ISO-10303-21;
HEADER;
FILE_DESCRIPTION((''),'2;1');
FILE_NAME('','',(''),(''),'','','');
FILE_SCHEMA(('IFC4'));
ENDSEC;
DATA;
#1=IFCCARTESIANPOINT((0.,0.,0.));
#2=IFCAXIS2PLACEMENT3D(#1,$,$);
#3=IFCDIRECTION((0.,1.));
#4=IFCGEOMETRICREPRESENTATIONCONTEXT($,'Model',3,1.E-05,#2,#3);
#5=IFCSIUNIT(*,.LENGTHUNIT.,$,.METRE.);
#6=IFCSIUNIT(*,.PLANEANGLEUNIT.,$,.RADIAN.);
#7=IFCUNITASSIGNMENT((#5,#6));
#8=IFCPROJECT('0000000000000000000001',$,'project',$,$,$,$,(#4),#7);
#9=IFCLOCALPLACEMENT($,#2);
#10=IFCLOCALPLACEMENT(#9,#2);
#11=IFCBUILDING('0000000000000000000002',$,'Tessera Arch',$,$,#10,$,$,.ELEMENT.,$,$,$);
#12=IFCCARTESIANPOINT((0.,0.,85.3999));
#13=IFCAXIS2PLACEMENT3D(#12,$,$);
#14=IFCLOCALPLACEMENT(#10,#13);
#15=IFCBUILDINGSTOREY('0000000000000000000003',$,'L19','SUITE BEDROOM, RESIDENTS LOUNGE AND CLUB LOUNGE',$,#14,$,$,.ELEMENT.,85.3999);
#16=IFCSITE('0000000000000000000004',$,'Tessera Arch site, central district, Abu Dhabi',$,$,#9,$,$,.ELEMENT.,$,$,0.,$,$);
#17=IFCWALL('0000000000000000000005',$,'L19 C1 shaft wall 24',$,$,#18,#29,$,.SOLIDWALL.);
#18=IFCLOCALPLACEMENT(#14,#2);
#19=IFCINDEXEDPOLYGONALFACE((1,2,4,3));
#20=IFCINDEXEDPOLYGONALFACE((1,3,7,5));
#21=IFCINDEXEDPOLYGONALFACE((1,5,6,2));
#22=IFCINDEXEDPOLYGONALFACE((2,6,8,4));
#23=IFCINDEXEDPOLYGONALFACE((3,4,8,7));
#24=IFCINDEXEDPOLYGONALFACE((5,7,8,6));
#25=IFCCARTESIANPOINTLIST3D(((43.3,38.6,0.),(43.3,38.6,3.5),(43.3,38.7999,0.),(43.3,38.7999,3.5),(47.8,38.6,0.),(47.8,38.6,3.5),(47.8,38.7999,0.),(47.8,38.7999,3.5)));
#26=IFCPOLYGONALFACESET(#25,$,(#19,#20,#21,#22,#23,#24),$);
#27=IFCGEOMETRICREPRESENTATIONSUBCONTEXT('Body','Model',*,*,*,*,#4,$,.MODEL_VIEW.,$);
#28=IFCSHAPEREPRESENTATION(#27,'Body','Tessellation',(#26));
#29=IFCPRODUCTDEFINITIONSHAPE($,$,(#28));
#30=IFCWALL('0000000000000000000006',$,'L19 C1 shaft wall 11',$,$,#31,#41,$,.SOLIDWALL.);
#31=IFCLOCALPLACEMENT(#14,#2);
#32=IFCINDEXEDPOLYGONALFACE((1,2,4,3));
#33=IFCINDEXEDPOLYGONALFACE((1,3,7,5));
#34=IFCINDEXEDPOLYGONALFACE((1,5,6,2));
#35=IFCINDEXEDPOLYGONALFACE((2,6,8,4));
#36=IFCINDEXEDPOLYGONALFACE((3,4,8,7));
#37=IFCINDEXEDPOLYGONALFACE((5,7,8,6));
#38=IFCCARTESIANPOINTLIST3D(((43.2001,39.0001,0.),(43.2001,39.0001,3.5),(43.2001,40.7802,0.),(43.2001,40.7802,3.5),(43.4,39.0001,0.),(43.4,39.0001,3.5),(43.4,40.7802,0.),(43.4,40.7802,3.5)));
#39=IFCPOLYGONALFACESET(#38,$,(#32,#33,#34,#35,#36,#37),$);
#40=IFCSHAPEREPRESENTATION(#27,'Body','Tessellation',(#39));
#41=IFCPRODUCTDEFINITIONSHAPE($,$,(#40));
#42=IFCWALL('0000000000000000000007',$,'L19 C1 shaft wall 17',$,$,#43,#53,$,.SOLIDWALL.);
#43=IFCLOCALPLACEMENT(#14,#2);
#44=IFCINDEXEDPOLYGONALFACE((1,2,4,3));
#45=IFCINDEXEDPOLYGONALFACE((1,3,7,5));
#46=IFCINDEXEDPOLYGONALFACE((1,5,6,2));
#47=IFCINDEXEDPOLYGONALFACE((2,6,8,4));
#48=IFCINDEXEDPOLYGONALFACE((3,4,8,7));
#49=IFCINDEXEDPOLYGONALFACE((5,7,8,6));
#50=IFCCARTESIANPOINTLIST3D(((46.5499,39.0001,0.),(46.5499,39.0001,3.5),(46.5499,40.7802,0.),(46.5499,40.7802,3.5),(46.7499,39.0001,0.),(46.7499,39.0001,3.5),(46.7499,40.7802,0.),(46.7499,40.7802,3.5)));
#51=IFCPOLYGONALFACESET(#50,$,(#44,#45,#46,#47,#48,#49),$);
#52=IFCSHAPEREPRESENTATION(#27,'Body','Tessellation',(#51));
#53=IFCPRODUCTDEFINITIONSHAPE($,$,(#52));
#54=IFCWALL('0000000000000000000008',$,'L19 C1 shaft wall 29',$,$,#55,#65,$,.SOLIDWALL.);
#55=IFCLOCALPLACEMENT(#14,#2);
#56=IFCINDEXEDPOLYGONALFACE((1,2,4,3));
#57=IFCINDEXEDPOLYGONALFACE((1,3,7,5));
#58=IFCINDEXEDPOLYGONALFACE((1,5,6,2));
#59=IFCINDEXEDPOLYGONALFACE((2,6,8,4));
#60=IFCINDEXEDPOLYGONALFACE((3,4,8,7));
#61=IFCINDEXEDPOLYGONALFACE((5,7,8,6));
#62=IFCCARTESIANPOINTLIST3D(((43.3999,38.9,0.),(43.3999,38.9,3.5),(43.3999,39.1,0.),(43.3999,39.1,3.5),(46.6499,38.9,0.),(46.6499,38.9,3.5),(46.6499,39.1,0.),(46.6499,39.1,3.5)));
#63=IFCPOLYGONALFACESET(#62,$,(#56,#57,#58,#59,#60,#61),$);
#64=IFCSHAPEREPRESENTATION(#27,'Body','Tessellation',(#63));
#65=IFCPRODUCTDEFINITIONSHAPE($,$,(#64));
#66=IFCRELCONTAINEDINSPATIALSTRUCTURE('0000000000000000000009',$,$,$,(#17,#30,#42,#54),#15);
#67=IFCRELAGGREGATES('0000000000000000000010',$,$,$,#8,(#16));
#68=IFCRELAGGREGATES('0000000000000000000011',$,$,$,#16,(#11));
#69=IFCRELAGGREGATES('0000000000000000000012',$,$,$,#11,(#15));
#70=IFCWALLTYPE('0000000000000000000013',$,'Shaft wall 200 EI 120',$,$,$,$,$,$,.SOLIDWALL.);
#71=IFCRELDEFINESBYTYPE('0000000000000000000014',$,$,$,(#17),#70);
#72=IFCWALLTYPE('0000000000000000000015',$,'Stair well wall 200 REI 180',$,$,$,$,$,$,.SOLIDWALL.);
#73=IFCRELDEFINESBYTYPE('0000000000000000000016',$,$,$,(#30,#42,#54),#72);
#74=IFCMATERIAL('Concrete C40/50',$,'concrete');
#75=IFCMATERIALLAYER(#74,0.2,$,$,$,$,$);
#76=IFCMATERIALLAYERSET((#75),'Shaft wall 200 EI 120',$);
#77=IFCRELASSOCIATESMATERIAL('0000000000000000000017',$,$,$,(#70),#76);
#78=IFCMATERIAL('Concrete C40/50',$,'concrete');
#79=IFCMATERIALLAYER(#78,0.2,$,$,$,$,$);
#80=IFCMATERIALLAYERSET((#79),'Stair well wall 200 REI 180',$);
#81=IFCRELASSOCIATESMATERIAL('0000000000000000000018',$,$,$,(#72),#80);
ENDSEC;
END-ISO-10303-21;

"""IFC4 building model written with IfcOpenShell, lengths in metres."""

from ifc_helpers import new_model, si_unit, direction, frame, frame_2d, origin, place, context, subcontext, project, spatial, rectangle, extrude, material, layer, layer_set, type_object, element, save


model = new_model("IFC4")

# Units and contexts
model_context = context("Model", 3, precision=1e-05, world=origin(), true_north=direction((0.0, 1.0)))
body_context = subcontext(model_context, "Body", "Model", "MODEL_VIEW")
ifc_project = project(units=[si_unit("LENGTHUNIT", "METRE"), si_unit("PLANEANGLEUNIT", "RADIAN")], contexts=[model_context])

# Site, building, storey
site_placement = place(None, origin())
site = spatial("IfcSite", under=ifc_project, at=site_placement, Name="Tessera Arch site, central district, Abu Dhabi", CompositionType="ELEMENT", RefElevation=0.0)
building_placement = place(site_placement, origin())
building = spatial("IfcBuilding", under=site, at=building_placement, Name="Tessera Arch", CompositionType="ELEMENT")
storey_placement = place(building_placement, frame((0.0, 0.0, 85.3999)))
storey = spatial("IfcBuildingStorey", under=building, at=storey_placement, Name="L19", Description="SUITE BEDROOM, RESIDENTS LOUNGE AND CLUB LOUNGE", CompositionType="ELEMENT", Elevation=85.3999)

# Shared definitions
ifc_material_1 = material(Name="Concrete C40/50", Category="concrete")
ifc_layer_1 = layer(ifc_material_1, 0.2)
ifc_layer_set_1 = layer_set([ifc_layer_1], Name="Shaft wall 200 EI 120")
wall_type_1 = type_object("IfcWallType", Name="Shaft wall 200 EI 120", PredefinedType="SOLIDWALL", material=ifc_layer_set_1)

# Walls
wall_1_placement = place(storey_placement, frame((43.3, 38.7, 0.0), z_axis=(0.0, 0.0, 1.0), x_axis=(1.0, 0.0, 0.0)))
element("IfcWall", 1, at=wall_1_placement, inside=storey, type_object=wall_type_1, Name="L19 C1 shaft wall 24", PredefinedType="SOLIDWALL", context=body_context, shape_type="SweptSolid", body=[
    extrude(rectangle(XDim=4.5, YDim=0.2, at=frame_2d((2.25, 0.0))), origin(), (0.0, 0.0, 1.0), 3.5),
])
ifc_material_2 = material(Name="Concrete C40/50", Category="concrete")
ifc_layer_2 = layer(ifc_material_2, 0.2)
ifc_layer_set_2 = layer_set([ifc_layer_2], Name="Stair well wall 200 REI 180")
wall_type_2 = type_object("IfcWallType", Name="Stair well wall 200 REI 180", PredefinedType="SOLIDWALL", material=ifc_layer_set_2)
for number, where, z_axis, x_axis, name in (
    (2, (43.3, 39.0, 0.0), (0.0, 0.0, 1.0), (0.0, 1.0, 0.0), "L19 C1 shaft wall 11"),
    (3, (46.6499, 39.0, 0.0), (0.0, 0.0, 1.0), (0.0, 1.0, 0.0), "L19 C1 shaft wall 17"),
):
    element("IfcWall", number, at=place(storey_placement, frame(where, z_axis=z_axis, x_axis=x_axis)), inside=storey, type_object=wall_type_2, Name=name, PredefinedType="SOLIDWALL", context=body_context, shape_type="SweptSolid", body=[
        extrude(rectangle(XDim=1.78, YDim=0.2, at=frame_2d((0.8901, 0.0))), origin(), (0.0, 0.0, 1.0), 3.5),
    ])
wall_2_placement = place(storey_placement, frame((43.3999, 39.0, 0.0), z_axis=(0.0, 0.0, 1.0), x_axis=(1.0, 0.0, 0.0)))
element("IfcWall", 4, at=wall_2_placement, inside=storey, type_object=wall_type_2, Name="L19 C1 shaft wall 29", PredefinedType="SOLIDWALL", context=body_context, shape_type="SweptSolid", body=[
    extrude(rectangle(XDim=3.25, YDim=0.2, at=frame_2d((1.625, 0.0))), origin(), (0.0, 0.0, 1.0), 3.5),
])

save(model, "model.ifc")
